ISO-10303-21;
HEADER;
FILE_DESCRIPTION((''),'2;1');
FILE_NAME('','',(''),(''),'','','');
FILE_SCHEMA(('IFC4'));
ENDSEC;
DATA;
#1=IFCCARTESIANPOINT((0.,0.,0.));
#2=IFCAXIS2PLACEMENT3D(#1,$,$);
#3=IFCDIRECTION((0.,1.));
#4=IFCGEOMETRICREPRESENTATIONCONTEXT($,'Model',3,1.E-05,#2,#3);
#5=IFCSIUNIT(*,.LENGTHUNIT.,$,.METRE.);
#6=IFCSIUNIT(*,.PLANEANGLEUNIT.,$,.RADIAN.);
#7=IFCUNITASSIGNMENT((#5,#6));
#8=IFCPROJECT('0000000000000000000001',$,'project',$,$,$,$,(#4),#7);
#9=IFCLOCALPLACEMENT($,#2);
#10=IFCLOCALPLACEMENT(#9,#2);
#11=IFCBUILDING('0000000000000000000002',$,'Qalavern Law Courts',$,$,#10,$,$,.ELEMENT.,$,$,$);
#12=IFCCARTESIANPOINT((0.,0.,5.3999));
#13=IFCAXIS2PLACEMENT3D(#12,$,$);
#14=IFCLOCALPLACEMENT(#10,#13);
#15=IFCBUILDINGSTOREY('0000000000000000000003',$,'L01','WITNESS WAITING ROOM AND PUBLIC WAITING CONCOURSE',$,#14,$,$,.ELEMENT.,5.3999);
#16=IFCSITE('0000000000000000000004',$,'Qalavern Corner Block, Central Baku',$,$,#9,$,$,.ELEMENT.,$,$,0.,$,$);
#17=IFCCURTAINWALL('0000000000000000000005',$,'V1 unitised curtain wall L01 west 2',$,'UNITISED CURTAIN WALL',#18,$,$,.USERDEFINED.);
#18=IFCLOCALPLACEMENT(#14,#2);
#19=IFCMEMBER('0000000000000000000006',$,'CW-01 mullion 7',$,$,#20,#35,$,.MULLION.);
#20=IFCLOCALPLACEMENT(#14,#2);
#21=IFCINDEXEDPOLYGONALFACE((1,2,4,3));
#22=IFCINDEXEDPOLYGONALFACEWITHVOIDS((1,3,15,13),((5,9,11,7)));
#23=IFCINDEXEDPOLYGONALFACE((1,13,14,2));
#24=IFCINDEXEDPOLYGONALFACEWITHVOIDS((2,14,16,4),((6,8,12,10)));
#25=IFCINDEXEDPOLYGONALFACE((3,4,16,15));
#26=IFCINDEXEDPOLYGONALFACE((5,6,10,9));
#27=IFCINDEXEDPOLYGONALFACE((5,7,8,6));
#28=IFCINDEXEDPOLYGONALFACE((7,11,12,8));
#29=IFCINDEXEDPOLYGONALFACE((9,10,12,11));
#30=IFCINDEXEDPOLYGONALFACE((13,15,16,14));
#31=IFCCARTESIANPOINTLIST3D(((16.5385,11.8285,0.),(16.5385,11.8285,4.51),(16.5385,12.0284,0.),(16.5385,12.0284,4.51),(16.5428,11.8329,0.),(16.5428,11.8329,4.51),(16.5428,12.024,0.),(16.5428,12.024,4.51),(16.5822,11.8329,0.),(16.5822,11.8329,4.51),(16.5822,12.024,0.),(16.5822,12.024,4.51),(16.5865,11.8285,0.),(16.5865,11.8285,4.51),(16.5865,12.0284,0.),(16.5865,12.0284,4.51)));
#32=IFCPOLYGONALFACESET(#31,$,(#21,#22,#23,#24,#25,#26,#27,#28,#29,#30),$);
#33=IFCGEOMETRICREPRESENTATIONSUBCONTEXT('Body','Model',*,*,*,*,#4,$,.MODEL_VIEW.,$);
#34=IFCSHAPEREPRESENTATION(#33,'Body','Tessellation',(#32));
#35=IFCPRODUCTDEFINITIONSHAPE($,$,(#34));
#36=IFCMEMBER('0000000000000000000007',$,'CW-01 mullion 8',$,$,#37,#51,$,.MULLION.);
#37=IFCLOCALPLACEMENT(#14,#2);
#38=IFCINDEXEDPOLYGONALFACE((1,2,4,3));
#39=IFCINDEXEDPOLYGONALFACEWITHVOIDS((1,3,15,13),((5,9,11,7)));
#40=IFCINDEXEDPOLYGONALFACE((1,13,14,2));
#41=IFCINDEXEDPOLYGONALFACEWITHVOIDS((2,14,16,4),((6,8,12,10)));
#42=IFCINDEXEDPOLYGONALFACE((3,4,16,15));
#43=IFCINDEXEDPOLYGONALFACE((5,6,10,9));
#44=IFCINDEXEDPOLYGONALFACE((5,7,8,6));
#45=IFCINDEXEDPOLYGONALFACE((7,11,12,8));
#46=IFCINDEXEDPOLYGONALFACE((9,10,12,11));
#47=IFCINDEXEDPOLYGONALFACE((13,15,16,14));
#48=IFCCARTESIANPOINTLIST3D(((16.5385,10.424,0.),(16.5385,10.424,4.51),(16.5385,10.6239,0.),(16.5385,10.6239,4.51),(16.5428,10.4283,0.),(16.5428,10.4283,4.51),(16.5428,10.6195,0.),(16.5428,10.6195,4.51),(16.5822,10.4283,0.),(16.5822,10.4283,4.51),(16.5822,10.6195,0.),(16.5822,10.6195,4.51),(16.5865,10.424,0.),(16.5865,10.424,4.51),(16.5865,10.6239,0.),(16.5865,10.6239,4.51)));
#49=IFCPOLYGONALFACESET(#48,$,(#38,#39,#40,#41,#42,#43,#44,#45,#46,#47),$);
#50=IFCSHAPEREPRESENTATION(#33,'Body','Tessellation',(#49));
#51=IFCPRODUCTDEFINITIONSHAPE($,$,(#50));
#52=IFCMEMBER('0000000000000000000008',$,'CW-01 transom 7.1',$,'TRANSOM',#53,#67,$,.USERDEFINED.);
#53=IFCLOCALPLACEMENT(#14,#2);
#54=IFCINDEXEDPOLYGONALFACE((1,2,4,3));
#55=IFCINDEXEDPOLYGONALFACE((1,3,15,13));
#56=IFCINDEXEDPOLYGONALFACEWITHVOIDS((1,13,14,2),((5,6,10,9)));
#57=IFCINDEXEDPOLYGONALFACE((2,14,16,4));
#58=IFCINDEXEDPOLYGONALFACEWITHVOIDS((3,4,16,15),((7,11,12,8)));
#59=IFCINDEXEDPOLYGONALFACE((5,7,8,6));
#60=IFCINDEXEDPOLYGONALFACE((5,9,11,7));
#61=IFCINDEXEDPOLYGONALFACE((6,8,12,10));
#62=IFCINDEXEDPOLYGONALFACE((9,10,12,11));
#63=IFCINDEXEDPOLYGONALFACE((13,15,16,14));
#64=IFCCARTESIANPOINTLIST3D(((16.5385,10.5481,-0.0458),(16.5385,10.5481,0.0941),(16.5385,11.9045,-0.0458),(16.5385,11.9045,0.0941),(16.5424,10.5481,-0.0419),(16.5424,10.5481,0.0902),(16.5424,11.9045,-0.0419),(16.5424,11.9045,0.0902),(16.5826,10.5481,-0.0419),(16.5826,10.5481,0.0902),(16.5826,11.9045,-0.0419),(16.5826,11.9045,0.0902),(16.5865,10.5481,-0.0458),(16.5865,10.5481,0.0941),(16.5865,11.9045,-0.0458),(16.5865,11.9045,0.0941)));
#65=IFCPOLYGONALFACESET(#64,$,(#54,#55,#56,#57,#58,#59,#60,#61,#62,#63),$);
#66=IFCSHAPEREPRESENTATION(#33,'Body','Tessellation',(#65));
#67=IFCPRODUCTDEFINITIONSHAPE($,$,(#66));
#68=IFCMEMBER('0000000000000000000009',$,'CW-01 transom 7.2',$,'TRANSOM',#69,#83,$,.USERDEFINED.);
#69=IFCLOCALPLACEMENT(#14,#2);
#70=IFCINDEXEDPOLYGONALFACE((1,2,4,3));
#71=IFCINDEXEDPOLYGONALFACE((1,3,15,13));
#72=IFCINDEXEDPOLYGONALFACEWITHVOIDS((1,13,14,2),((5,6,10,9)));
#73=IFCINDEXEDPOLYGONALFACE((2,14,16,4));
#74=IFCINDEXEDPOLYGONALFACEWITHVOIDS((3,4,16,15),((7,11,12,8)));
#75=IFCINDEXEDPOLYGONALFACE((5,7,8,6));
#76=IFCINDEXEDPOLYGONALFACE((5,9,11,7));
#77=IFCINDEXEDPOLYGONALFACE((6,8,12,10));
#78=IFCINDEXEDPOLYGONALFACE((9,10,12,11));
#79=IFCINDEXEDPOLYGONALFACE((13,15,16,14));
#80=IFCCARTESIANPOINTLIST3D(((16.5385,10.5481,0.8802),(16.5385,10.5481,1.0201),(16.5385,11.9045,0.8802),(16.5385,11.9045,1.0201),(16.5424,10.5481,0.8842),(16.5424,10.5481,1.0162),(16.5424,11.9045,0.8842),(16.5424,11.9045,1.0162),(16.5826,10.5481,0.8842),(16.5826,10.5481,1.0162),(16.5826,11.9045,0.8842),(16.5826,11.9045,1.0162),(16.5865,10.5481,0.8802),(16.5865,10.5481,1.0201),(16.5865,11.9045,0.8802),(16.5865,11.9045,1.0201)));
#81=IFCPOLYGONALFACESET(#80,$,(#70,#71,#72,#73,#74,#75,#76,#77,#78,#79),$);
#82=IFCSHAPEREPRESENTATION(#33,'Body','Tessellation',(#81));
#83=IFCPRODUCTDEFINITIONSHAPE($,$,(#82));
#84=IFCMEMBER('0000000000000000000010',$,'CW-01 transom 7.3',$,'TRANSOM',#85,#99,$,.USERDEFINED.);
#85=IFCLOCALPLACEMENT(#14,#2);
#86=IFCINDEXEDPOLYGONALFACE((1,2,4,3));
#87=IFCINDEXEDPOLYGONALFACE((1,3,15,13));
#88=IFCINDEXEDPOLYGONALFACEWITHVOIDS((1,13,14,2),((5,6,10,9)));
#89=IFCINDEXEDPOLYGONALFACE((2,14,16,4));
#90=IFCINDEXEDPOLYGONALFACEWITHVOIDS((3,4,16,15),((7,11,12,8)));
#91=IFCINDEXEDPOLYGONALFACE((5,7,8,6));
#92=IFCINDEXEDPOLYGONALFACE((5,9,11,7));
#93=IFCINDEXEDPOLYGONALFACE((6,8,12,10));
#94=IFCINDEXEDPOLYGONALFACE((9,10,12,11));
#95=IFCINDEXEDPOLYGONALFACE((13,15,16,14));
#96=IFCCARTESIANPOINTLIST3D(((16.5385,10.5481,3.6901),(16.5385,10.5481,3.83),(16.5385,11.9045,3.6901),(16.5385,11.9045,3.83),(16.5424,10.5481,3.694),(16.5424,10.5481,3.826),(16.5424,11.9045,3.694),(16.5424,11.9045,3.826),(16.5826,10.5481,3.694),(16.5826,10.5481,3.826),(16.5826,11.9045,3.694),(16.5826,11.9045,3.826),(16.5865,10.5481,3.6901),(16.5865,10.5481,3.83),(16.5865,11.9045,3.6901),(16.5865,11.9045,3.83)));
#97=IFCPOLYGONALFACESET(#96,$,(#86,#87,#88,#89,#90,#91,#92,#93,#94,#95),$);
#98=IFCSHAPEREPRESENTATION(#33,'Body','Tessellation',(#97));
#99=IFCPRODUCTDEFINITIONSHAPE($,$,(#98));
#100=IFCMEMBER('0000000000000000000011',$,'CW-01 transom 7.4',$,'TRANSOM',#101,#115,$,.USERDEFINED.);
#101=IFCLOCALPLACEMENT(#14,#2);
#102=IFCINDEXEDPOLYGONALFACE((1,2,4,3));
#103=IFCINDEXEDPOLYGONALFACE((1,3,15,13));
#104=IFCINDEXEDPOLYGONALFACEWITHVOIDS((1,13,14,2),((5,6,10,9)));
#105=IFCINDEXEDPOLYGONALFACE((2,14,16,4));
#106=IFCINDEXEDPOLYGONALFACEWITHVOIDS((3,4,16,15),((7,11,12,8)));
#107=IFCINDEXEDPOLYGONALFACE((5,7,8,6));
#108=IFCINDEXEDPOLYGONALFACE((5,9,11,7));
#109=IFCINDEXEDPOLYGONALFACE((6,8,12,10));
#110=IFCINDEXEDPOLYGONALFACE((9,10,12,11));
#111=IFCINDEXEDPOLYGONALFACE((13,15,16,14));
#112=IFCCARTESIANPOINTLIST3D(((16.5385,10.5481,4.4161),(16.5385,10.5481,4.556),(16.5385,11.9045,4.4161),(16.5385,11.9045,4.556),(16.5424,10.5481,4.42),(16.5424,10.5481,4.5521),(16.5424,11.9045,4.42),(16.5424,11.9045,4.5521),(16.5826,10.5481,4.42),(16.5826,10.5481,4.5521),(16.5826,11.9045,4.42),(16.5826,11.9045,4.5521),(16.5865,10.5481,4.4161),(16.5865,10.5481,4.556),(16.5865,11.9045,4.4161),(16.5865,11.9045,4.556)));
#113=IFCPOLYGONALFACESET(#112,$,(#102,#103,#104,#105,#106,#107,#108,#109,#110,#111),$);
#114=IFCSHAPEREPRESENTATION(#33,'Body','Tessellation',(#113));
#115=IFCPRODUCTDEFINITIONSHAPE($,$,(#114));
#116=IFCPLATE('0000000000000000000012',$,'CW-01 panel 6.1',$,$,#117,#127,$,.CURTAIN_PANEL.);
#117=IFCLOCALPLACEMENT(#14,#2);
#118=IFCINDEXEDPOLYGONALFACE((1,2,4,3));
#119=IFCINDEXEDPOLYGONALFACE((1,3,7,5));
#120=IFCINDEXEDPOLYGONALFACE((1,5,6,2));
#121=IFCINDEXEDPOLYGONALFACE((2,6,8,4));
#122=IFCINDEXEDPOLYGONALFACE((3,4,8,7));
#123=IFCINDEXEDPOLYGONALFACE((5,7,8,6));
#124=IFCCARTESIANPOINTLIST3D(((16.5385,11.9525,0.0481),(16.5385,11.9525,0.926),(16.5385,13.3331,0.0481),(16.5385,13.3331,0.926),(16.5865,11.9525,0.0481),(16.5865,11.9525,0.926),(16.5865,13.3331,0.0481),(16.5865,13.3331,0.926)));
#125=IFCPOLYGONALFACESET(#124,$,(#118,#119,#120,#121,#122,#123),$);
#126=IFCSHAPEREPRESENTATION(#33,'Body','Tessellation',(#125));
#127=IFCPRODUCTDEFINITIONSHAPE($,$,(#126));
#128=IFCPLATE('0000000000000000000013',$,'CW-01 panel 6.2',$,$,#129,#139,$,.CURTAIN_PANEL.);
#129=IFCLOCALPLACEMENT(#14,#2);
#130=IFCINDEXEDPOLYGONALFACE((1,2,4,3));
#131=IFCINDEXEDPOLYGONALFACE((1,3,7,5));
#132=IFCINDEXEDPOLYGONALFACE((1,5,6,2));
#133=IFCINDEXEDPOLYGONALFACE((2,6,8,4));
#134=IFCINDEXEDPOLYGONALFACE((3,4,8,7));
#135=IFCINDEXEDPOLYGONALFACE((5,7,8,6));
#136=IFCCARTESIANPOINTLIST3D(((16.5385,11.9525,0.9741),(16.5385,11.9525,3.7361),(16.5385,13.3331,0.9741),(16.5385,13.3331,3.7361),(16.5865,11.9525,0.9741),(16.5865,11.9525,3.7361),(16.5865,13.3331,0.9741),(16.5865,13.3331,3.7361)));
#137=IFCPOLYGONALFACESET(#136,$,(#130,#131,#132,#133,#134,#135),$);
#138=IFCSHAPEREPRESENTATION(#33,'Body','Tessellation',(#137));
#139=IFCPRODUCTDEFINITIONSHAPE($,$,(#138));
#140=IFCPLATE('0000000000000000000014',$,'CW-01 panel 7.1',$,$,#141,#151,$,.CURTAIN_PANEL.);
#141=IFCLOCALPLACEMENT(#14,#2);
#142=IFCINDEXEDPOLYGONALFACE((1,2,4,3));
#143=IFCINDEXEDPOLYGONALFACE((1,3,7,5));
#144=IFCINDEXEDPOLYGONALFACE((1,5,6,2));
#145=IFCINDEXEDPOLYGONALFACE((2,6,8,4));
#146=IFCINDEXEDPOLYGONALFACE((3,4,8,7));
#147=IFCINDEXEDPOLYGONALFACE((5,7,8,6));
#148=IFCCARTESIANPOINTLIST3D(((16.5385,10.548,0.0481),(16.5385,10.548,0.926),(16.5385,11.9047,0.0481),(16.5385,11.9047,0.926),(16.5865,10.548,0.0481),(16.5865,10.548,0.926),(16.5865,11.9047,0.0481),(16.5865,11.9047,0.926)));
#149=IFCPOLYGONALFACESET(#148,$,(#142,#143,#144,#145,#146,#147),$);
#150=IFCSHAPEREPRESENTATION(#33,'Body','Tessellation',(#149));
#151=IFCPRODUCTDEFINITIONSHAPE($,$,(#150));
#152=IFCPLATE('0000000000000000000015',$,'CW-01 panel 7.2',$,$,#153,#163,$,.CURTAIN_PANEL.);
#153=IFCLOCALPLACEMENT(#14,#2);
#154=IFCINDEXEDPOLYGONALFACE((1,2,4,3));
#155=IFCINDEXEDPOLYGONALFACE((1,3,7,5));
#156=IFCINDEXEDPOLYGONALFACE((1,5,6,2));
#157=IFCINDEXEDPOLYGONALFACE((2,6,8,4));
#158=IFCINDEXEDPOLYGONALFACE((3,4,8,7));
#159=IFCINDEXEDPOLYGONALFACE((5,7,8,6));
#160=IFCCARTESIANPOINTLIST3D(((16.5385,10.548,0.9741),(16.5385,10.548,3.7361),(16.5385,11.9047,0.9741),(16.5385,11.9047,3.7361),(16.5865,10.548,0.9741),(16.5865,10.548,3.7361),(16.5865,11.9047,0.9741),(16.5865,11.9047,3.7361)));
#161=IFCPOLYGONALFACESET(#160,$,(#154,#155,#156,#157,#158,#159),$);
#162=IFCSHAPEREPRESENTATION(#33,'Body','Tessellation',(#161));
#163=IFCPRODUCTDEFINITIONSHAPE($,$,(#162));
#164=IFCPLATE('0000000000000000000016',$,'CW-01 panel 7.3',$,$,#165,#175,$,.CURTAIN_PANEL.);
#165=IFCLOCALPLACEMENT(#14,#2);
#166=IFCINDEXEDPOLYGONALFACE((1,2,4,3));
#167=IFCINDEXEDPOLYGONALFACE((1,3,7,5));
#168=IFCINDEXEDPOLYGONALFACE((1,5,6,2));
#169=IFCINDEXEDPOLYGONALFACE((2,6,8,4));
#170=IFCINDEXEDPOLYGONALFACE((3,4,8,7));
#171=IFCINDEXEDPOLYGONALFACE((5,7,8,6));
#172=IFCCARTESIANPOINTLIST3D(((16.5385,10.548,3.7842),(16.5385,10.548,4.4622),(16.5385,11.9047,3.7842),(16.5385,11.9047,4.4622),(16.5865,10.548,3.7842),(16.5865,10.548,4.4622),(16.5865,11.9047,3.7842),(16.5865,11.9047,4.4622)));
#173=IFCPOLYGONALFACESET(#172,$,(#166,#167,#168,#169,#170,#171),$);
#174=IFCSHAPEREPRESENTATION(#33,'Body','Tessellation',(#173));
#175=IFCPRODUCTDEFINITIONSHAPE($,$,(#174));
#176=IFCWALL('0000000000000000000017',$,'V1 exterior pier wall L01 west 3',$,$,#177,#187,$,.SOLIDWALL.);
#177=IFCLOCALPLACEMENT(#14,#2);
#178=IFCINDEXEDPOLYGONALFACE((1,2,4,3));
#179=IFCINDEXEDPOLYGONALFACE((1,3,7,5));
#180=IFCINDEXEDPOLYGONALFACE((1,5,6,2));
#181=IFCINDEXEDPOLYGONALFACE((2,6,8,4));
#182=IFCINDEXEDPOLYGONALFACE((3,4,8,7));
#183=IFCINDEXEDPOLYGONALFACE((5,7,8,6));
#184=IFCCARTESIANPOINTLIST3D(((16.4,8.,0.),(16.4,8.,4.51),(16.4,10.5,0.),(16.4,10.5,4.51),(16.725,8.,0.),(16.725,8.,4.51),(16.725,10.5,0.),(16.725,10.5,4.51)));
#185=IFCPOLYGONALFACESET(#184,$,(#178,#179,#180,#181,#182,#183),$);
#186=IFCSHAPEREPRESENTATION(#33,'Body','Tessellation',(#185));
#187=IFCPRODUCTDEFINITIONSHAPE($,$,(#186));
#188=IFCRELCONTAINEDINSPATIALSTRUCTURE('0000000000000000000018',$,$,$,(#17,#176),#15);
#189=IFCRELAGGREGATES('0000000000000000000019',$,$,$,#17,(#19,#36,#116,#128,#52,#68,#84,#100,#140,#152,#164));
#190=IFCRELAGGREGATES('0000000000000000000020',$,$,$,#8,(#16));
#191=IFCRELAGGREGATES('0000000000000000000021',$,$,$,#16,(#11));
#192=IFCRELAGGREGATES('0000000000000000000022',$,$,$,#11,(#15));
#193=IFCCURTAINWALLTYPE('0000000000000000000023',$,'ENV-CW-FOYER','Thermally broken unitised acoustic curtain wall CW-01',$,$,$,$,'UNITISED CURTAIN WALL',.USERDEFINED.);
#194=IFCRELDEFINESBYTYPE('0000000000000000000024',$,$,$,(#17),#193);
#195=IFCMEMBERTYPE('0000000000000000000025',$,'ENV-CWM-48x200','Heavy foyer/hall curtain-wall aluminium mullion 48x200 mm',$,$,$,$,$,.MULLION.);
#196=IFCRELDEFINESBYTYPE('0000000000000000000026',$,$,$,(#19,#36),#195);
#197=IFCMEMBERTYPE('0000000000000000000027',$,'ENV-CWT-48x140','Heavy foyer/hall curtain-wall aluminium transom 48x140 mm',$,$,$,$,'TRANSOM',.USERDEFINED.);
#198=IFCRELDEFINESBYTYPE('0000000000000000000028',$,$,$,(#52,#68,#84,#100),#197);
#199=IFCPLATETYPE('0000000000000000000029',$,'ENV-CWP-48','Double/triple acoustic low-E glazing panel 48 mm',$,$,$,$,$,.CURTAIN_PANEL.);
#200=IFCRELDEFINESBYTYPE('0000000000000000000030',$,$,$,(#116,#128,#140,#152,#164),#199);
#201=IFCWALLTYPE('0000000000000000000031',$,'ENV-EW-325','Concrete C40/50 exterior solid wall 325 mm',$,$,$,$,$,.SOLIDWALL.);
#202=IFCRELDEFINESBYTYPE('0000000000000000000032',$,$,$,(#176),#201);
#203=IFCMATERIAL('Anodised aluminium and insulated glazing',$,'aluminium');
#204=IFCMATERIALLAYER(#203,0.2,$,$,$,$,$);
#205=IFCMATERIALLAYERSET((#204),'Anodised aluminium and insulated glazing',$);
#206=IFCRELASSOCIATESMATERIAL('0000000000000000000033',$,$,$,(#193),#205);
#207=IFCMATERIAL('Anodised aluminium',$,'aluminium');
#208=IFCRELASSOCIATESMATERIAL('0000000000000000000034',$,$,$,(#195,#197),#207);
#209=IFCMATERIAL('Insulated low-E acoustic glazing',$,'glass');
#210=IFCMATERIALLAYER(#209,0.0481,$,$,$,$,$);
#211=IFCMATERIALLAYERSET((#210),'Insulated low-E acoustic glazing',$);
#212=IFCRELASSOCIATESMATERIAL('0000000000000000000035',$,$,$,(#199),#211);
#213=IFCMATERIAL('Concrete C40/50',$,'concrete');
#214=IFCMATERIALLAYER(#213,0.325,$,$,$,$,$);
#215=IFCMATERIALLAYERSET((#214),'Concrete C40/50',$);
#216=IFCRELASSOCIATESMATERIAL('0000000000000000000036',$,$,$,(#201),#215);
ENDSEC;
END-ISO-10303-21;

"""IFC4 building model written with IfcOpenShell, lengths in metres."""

from ifc_helpers import new_model, si_unit, direction, frame, frame_2d, origin, origin_2d, place, context, subcontext, project, spatial, rectangle, hollow_rectangle, extrude, material, layer, layer_set, material_profile, profile_set, type_object, element, aggregate, save


model = new_model("IFC4")

# Units and contexts
model_context = context("Model", 3, precision=1e-05, world=origin(), true_north=direction((0.0, 1.0)))
body_context = subcontext(model_context, "Body", "Model", "MODEL_VIEW")
ifc_project = project(units=[si_unit("LENGTHUNIT", "METRE"), si_unit("PLANEANGLEUNIT", "RADIAN")], contexts=[model_context])

# Site, building, storey
site_placement = place(None, origin())
site = spatial("IfcSite", under=ifc_project, at=site_placement, Name="Qalavern Corner Block, Central Baku", CompositionType="ELEMENT", RefElevation=0.0)
building_placement = place(site_placement, origin())
building = spatial("IfcBuilding", under=site, at=building_placement, Name="Qalavern Law Courts", CompositionType="ELEMENT")
storey_placement = place(building_placement, frame((0.0, 0.0, 5.3999)))
storey = spatial("IfcBuildingStorey", under=building, at=storey_placement, Name="L01", Description="WITNESS WAITING ROOM AND PUBLIC WAITING CONCOURSE", CompositionType="ELEMENT", Elevation=5.3999)

# Curtain wall, members, plates
ifc_material_1 = material(Name="Anodised aluminium and insulated glazing", Category="aluminium")
ifc_layer_1 = layer(ifc_material_1, 0.2)
ifc_layer_set_1 = layer_set([ifc_layer_1], Name="Anodised aluminium and insulated glazing")
curtain_wall_type = type_object("IfcCurtainWallType", Name="ENV-CW-FOYER", Description="Thermally broken unitised acoustic curtain wall CW-01", ElementType="UNITISED CURTAIN WALL", PredefinedType="USERDEFINED", material=ifc_layer_set_1)
curtain_wall_placement = place(storey_placement, origin())
curtain_wall = element("IfcCurtainWall", 1, at=curtain_wall_placement, inside=storey, type_object=curtain_wall_type, Name="V1 unitised curtain wall L01 west 2", ObjectType="UNITISED CURTAIN WALL", PredefinedType="USERDEFINED")
ifc_material_2 = material(Name="Anodised aluminium", Category="aluminium")
ifc_material_profile_1 = material_profile(ifc_material_2, hollow_rectangle(XDim=0.0481, YDim=0.2, WallThickness=0.0044, at=origin_2d()), Name="ALU MULLION 48x200")
ifc_profile_set_1 = profile_set([ifc_material_profile_1], Name="Anodised aluminium")
member_type_1 = type_object("IfcMemberType", Name="ENV-CWM-48x200", Description="Heavy foyer/hall curtain-wall aluminium mullion 48x200 mm", PredefinedType="MULLION", material=ifc_profile_set_1)
member_1_placement = place(storey_placement, frame((16.5625, 11.9285, 0.0), z_axis=(0.0, 0.0, 1.0), x_axis=(1.0, 0.0, 0.0)))
member_1 = element("IfcMember", 2, at=member_1_placement, type_object=member_type_1, Name="CW-01 mullion 7", PredefinedType="MULLION", context=body_context, shape_type="SweptSolid", body=[
    extrude(hollow_rectangle(XDim=0.0481, YDim=0.2, WallThickness=0.0044, at=origin_2d()), origin(), (0.0, 0.0, 1.0), 4.51),
])
member_2_placement = place(storey_placement, frame((16.5625, 10.5239, 0.0), z_axis=(0.0, 0.0, 1.0), x_axis=(1.0, 0.0, 0.0)))
member_2 = element("IfcMember", 3, at=member_2_placement, type_object=member_type_1, Name="CW-01 mullion 8", PredefinedType="MULLION", context=body_context, shape_type="SweptSolid", body=[
    extrude(hollow_rectangle(XDim=0.0481, YDim=0.2, WallThickness=0.0044, at=origin_2d()), origin(), (0.0, 0.0, 1.0), 4.51),
])
ifc_material_profile_2 = material_profile(ifc_material_2, hollow_rectangle(XDim=0.0481, YDim=0.1399, WallThickness=0.0039, at=origin_2d()), Name="ALU TRANSOM 48x140")
ifc_profile_set_2 = profile_set([ifc_material_profile_2], Name="Anodised aluminium")
member_type_2 = type_object("IfcMemberType", Name="ENV-CWT-48x140", Description="Heavy foyer/hall curtain-wall aluminium transom 48x140 mm", ElementType="TRANSOM", PredefinedType="USERDEFINED", material=ifc_profile_set_2)
member_3_placement = place(storey_placement, frame((16.5625, 11.9045, 0.0242), z_axis=(0.0, -1.0, 0.0), x_axis=(1.0, 0.0, 0.0)))
member_3 = element("IfcMember", 4, at=member_3_placement, type_object=member_type_2, Name="CW-01 transom 7.1", ObjectType="TRANSOM", PredefinedType="USERDEFINED", context=body_context, shape_type="SweptSolid", body=[
    extrude(hollow_rectangle(XDim=0.0481, YDim=0.1399, WallThickness=0.0039, at=origin_2d()), origin(), (0.0, 0.0, 1.0), 1.3564),
])
member_4_placement = place(storey_placement, frame((16.5625, 11.9045, 0.9502), z_axis=(0.0, -1.0, 0.0), x_axis=(1.0, 0.0, 0.0)))
member_4 = element("IfcMember", 5, at=member_4_placement, type_object=member_type_2, Name="CW-01 transom 7.2", ObjectType="TRANSOM", PredefinedType="USERDEFINED", context=body_context, shape_type="SweptSolid", body=[
    extrude(hollow_rectangle(XDim=0.0481, YDim=0.1399, WallThickness=0.0039, at=origin_2d()), origin(), (0.0, 0.0, 1.0), 1.3564),
])
member_5_placement = place(storey_placement, frame((16.5625, 11.9045, 3.76), z_axis=(0.0, -1.0, 0.0), x_axis=(1.0, 0.0, 0.0)))
member_5 = element("IfcMember", 6, at=member_5_placement, type_object=member_type_2, Name="CW-01 transom 7.3", ObjectType="TRANSOM", PredefinedType="USERDEFINED", context=body_context, shape_type="SweptSolid", body=[
    extrude(hollow_rectangle(XDim=0.0481, YDim=0.1399, WallThickness=0.0039, at=origin_2d()), origin(), (0.0, 0.0, 1.0), 1.3564),
])
member_6_placement = place(storey_placement, frame((16.5625, 11.9045, 4.4861), z_axis=(0.0, -1.0, 0.0), x_axis=(1.0, 0.0, 0.0)))
member_6 = element("IfcMember", 7, at=member_6_placement, type_object=member_type_2, Name="CW-01 transom 7.4", ObjectType="TRANSOM", PredefinedType="USERDEFINED", context=body_context, shape_type="SweptSolid", body=[
    extrude(hollow_rectangle(XDim=0.0481, YDim=0.1399, WallThickness=0.0039, at=origin_2d()), origin(), (0.0, 0.0, 1.0), 1.3564),
])
ifc_material_3 = material(Name="Insulated low-E acoustic glazing", Category="glass")
ifc_layer_2 = layer(ifc_material_3, 0.0481)
ifc_layer_set_2 = layer_set([ifc_layer_2], Name="Insulated low-E acoustic glazing")
plate_type = type_object("IfcPlateType", Name="ENV-CWP-48", Description="Double/triple acoustic low-E glazing panel 48 mm", PredefinedType="CURTAIN_PANEL", material=ifc_layer_set_2)
plate_1_placement = place(storey_placement, frame((16.5625, 12.6428, 0.0481), z_axis=(0.0, 0.0, 1.0), x_axis=(0.0, -1.0, 0.0)))
plate_1 = element("IfcPlate", 8, at=plate_1_placement, type_object=plate_type, Name="CW-01 panel 6.1", PredefinedType="CURTAIN_PANEL", context=body_context, shape_type="SweptSolid", body=[
    extrude(rectangle(XDim=1.3806, YDim=0.0481, at=origin_2d()), origin(), (0.0, 0.0, 1.0), 0.8779),
])
plate_2_placement = place(storey_placement, frame((16.5625, 12.6428, 0.9741), z_axis=(0.0, 0.0, 1.0), x_axis=(0.0, -1.0, 0.0)))
plate_2 = element("IfcPlate", 9, at=plate_2_placement, type_object=plate_type, Name="CW-01 panel 6.2", PredefinedType="CURTAIN_PANEL", context=body_context, shape_type="SweptSolid", body=[
    extrude(rectangle(XDim=1.3806, YDim=0.0481, at=origin_2d()), origin(), (0.0, 0.0, 1.0), 2.762),
])
plate_3_placement = place(storey_placement, frame((16.5625, 11.2263, 0.0481), z_axis=(0.0, 0.0, 1.0), x_axis=(0.0, -1.0, 0.0)))
plate_3 = element("IfcPlate", 10, at=plate_3_placement, type_object=plate_type, Name="CW-01 panel 7.1", PredefinedType="CURTAIN_PANEL", context=body_context, shape_type="SweptSolid", body=[
    extrude(rectangle(XDim=1.3567, YDim=0.0481, at=origin_2d()), origin(), (0.0, 0.0, 1.0), 0.8779),
])
plate_4_placement = place(storey_placement, frame((16.5625, 11.2263, 0.9741), z_axis=(0.0, 0.0, 1.0), x_axis=(0.0, -1.0, 0.0)))
plate_4 = element("IfcPlate", 11, at=plate_4_placement, type_object=plate_type, Name="CW-01 panel 7.2", PredefinedType="CURTAIN_PANEL", context=body_context, shape_type="SweptSolid", body=[
    extrude(rectangle(XDim=1.3567, YDim=0.0481, at=origin_2d()), origin(), (0.0, 0.0, 1.0), 2.762),
])
plate_5_placement = place(storey_placement, frame((16.5625, 11.2263, 3.7842), z_axis=(0.0, 0.0, 1.0), x_axis=(0.0, -1.0, 0.0)))
plate_5 = element("IfcPlate", 12, at=plate_5_placement, type_object=plate_type, Name="CW-01 panel 7.3", PredefinedType="CURTAIN_PANEL", context=body_context, shape_type="SweptSolid", body=[
    extrude(rectangle(XDim=1.3567, YDim=0.0481, at=origin_2d()), origin(), (0.0, 0.0, 1.0), 0.678),
])
aggregate(curtain_wall, [member_1, member_2, plate_1, plate_2, member_3, member_4, member_5, member_6, plate_3, plate_4, plate_5])

# Wall
ifc_material_4 = material(Name="Concrete C40/50", Category="concrete")
ifc_layer_3 = layer(ifc_material_4, 0.325)
ifc_layer_set_3 = layer_set([ifc_layer_3], Name="Concrete C40/50")
wall_type = type_object("IfcWallType", Name="ENV-EW-325", Description="Concrete C40/50 exterior solid wall 325 mm", PredefinedType="SOLIDWALL", material=ifc_layer_set_3)
wall_placement = place(storey_placement, frame((16.5625, 10.5, 0.0), z_axis=(0.0, 0.0, 1.0), x_axis=(0.0, -1.0, 0.0)))
element("IfcWall", 13, at=wall_placement, inside=storey, type_object=wall_type, Name="V1 exterior pier wall L01 west 3", PredefinedType="SOLIDWALL", context=body_context, shape_type="SweptSolid", body=[
    extrude(rectangle(XDim=2.5, YDim=0.325, at=frame_2d((1.25, 0.0))), origin(), (0.0, 0.0, 1.0), 4.51),
])

save(model, "model.ifc")
